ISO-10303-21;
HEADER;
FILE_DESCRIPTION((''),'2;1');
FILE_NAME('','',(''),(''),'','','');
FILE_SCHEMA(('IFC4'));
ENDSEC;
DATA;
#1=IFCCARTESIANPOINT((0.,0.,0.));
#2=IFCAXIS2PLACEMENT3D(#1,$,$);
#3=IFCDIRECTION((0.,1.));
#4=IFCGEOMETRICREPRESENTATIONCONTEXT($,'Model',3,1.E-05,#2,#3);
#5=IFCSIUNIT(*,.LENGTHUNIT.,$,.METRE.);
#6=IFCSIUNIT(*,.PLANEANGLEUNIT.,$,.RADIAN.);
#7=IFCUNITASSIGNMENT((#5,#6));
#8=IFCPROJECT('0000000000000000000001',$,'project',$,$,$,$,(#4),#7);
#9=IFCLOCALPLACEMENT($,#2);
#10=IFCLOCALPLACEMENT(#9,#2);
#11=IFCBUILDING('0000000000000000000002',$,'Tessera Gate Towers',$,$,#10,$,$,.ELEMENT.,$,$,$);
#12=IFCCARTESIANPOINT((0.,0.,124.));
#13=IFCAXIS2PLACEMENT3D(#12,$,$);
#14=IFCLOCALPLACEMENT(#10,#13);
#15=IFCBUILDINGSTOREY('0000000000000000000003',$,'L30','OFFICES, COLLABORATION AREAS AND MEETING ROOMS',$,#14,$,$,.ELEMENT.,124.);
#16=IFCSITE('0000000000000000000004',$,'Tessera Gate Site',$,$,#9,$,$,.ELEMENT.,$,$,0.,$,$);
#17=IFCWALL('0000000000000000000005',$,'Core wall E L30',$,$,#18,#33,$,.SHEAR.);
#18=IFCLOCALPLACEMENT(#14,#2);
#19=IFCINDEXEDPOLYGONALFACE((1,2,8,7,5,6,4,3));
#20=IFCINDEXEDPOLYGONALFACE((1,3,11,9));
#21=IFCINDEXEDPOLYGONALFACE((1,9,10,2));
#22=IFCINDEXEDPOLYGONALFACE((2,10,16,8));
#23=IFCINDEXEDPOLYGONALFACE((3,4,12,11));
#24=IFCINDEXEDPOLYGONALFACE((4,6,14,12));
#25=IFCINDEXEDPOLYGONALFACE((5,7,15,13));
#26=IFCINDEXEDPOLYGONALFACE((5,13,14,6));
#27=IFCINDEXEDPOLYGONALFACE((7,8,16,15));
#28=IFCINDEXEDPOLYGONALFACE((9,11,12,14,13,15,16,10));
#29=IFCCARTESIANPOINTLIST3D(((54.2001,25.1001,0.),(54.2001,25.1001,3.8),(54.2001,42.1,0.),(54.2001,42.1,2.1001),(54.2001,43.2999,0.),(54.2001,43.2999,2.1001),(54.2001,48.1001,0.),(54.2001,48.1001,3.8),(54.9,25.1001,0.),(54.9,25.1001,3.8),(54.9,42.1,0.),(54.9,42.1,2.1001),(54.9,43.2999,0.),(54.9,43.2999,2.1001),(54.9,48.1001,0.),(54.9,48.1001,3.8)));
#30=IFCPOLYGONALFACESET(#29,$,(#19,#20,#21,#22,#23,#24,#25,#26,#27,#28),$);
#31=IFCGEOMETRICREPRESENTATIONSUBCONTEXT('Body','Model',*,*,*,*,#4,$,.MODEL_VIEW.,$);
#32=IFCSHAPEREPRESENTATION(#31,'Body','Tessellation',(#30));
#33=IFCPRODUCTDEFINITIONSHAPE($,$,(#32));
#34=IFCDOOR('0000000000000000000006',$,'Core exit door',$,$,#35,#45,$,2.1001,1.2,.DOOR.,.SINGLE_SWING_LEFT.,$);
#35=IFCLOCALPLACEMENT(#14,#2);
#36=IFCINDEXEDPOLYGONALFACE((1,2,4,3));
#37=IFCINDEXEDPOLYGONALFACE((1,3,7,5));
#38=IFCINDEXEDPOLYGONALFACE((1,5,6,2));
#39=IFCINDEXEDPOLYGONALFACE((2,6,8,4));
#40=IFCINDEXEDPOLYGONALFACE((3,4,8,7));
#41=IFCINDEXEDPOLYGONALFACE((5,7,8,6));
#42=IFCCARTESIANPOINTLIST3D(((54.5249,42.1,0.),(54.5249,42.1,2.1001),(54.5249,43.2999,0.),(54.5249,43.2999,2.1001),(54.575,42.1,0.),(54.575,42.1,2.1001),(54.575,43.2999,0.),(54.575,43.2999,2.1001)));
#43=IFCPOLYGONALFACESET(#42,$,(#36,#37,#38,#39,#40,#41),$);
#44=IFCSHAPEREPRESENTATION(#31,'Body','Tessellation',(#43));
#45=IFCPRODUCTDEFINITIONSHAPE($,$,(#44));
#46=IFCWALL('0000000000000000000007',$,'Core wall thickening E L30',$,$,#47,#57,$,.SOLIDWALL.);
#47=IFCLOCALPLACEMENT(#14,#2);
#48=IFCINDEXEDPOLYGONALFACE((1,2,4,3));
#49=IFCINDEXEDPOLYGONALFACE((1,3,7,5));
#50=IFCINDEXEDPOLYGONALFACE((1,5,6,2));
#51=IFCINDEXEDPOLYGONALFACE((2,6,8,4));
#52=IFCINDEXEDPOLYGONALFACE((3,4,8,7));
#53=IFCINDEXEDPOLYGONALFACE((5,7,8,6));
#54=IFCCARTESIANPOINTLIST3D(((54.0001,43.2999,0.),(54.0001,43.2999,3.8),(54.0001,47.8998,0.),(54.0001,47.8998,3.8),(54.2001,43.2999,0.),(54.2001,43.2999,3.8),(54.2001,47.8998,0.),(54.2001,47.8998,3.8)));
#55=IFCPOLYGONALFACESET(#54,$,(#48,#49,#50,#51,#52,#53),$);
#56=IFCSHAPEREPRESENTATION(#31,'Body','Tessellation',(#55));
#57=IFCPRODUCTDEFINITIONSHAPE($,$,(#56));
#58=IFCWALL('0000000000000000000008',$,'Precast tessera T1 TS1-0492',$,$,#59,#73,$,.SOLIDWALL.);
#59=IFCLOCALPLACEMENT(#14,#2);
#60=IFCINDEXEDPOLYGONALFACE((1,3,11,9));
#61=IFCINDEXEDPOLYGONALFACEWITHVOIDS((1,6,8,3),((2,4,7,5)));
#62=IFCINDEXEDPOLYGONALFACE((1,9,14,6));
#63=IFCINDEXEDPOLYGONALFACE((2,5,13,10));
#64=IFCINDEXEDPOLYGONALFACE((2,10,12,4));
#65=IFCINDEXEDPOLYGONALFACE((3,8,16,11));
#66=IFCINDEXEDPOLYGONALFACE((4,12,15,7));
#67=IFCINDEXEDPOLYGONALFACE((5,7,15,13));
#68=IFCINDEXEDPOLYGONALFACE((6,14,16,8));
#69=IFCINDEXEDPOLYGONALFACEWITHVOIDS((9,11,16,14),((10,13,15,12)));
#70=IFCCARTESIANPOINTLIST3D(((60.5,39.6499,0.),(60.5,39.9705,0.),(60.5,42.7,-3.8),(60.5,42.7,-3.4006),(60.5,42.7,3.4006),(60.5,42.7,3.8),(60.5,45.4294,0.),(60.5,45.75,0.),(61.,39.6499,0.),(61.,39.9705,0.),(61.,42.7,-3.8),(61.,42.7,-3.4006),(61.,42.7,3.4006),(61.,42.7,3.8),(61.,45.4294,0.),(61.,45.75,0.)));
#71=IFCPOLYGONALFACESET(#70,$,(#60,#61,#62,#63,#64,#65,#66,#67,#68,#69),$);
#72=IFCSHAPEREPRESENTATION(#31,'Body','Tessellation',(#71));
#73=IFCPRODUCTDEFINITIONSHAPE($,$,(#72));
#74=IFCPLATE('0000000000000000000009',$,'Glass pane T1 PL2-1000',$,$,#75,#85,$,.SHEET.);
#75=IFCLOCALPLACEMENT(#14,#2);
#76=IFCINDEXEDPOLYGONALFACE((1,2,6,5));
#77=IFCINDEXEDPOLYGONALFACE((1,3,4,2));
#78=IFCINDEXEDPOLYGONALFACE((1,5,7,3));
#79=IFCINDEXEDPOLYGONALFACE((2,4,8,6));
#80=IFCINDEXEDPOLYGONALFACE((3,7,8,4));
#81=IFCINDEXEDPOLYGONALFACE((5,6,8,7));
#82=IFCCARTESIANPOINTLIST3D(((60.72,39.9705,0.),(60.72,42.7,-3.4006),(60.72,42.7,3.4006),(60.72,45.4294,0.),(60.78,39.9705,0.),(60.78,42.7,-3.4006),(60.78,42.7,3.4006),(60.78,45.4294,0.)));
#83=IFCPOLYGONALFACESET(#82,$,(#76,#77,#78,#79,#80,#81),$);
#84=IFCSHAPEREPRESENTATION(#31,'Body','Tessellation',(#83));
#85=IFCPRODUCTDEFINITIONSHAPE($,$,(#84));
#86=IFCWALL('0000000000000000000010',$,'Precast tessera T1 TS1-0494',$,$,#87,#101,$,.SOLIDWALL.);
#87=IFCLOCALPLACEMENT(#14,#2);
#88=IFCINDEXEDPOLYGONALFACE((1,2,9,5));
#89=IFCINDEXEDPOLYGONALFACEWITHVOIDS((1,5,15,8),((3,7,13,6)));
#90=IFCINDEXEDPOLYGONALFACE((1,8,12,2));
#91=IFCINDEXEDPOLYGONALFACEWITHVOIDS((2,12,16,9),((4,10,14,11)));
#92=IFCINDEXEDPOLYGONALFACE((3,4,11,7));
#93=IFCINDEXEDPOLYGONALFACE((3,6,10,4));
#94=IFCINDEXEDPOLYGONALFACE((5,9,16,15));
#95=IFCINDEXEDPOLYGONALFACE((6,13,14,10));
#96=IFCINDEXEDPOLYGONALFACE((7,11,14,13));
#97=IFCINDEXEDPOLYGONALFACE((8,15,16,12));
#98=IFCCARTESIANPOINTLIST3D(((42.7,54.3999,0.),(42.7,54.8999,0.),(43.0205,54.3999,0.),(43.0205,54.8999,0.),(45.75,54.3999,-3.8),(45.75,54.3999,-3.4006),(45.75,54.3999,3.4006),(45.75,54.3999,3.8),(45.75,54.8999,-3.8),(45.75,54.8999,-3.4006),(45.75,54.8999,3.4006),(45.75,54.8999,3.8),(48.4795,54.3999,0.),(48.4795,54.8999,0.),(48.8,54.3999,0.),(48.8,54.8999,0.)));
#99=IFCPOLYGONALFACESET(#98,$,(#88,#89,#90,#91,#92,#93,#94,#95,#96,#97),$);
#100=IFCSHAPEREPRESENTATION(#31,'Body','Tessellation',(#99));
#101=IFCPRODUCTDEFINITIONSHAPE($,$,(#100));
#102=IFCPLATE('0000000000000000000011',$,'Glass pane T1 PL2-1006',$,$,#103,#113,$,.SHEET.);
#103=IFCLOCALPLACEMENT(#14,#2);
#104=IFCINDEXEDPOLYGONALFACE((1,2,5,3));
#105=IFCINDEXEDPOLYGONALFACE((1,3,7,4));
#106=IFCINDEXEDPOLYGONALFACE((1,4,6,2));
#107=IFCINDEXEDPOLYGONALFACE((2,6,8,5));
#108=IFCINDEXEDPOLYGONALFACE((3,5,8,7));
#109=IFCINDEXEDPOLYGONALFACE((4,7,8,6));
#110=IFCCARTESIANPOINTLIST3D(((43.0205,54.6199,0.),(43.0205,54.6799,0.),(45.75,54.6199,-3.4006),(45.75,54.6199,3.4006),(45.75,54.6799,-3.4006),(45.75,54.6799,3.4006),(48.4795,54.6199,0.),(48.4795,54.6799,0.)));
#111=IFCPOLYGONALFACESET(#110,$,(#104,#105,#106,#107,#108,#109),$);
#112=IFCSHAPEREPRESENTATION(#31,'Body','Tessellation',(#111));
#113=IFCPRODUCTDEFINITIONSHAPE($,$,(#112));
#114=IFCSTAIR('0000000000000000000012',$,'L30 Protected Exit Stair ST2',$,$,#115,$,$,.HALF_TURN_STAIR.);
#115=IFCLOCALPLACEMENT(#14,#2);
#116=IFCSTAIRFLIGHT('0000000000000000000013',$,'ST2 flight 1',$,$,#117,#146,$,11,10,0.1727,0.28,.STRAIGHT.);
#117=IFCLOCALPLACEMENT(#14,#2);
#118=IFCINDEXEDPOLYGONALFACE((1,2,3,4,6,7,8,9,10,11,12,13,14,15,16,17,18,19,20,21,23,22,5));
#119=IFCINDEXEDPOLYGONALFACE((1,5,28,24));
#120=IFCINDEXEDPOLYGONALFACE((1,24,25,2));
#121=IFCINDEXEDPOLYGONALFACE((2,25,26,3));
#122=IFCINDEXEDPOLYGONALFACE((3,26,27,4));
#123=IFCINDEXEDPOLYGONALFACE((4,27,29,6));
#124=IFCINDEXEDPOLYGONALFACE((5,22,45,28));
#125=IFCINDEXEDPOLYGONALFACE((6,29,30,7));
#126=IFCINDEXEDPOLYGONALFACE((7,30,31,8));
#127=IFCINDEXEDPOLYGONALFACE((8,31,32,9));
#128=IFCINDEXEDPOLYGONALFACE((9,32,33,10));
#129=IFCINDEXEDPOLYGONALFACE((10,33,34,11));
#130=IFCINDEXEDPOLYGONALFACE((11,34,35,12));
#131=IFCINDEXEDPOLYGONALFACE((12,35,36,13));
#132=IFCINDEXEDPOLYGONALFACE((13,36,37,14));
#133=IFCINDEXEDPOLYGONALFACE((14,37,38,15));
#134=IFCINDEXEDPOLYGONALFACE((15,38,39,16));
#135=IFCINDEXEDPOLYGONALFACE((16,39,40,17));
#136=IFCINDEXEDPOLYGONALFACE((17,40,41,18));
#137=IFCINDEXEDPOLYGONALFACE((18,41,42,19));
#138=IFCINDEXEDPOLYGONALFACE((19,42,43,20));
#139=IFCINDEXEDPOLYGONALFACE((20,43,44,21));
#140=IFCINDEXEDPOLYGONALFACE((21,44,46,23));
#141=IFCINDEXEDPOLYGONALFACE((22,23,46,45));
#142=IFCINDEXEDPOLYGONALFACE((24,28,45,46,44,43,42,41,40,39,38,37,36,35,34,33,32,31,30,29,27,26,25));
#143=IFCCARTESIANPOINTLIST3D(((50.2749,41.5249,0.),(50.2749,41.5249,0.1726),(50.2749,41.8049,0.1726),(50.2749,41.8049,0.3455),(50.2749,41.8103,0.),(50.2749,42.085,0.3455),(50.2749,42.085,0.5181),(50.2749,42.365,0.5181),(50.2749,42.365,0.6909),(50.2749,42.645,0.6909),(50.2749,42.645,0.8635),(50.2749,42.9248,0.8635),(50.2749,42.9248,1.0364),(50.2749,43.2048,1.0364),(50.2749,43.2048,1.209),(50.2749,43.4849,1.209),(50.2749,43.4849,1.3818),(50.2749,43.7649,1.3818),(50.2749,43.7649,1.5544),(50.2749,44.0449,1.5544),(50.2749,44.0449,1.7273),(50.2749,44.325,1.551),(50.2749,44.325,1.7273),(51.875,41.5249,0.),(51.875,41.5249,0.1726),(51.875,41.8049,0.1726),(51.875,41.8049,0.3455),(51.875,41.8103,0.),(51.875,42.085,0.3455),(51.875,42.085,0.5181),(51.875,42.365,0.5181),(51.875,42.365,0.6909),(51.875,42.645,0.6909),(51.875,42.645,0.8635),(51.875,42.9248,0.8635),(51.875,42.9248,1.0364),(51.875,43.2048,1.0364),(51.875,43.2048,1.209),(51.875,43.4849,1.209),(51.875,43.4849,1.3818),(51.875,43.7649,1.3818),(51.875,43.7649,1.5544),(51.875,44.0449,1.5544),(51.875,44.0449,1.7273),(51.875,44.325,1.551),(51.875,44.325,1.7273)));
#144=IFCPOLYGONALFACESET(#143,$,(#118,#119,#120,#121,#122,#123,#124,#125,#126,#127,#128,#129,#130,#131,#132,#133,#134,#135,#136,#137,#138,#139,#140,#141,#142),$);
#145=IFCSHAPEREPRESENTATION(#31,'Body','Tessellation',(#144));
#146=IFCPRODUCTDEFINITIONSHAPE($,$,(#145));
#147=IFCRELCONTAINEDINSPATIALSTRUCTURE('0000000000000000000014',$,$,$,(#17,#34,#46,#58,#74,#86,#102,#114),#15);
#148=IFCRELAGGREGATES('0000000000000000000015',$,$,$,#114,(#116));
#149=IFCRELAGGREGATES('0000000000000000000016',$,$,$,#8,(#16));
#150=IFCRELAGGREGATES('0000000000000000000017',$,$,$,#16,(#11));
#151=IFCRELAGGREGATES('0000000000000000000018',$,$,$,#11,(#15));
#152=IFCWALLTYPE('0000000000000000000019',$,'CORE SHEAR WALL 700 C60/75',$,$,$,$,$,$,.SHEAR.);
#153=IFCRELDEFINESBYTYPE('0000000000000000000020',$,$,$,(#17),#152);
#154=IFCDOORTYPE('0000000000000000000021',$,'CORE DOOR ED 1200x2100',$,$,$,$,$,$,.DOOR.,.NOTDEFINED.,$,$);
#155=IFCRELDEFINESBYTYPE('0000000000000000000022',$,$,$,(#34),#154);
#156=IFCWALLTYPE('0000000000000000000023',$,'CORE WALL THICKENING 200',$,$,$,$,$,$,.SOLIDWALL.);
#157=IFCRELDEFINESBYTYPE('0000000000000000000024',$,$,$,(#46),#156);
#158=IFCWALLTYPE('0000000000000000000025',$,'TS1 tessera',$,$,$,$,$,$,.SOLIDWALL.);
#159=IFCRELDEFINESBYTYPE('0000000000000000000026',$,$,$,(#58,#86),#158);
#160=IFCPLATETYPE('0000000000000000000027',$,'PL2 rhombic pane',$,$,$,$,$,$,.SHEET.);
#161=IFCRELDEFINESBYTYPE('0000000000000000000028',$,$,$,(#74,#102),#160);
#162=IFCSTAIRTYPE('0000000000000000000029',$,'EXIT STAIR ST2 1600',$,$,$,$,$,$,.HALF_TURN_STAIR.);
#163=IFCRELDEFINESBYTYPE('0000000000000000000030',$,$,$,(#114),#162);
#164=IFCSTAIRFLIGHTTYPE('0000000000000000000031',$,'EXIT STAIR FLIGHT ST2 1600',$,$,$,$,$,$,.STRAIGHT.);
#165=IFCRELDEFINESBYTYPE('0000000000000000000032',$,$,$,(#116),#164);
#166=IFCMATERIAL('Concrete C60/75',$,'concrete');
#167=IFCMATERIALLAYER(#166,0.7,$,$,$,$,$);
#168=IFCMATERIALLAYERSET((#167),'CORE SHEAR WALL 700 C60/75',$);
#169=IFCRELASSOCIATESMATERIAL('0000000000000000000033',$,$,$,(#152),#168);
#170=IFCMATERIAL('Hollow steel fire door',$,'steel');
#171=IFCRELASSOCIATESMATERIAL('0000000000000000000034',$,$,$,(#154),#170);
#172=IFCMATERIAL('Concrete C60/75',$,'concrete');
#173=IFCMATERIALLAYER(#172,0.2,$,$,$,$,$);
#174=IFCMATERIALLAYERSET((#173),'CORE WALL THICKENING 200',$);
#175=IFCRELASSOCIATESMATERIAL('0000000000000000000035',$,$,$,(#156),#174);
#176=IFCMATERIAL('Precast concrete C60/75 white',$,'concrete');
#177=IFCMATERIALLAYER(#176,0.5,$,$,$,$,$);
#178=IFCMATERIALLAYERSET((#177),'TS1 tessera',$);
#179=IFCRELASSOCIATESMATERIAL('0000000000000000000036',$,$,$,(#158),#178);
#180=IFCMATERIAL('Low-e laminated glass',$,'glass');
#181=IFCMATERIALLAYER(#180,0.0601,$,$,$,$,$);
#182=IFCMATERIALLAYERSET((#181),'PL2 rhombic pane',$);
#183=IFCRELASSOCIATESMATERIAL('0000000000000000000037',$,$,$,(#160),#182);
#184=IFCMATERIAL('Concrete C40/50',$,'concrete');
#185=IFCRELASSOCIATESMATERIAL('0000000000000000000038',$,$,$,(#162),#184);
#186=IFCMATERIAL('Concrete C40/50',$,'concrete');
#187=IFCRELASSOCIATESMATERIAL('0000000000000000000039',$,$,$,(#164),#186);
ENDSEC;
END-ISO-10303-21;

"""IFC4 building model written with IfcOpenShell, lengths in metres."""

from ifc_helpers import new_model, si_unit, direction, frame, frame_2d, origin, place, context, subcontext, project, spatial, polyline, rectangle, outline, extrude, source, transform, mapped, material, layer, layer_set, type_object, element, fill, aggregate, save


model = new_model("IFC4")

# Units and contexts
model_context = context("Model", 3, precision=1e-05, world=origin(), true_north=direction((0.0, 1.0)))
body_context = subcontext(model_context, "Body", "Model", "MODEL_VIEW")
ifc_project = project(units=[si_unit("LENGTHUNIT", "METRE"), si_unit("PLANEANGLEUNIT", "RADIAN")], contexts=[model_context])

# Site, building, storey
site_placement = place(None, origin())
site = spatial("IfcSite", under=ifc_project, at=site_placement, Name="Tessera Gate Site", CompositionType="ELEMENT", RefElevation=0.0)
building_placement = place(site_placement, origin())
building = spatial("IfcBuilding", under=site, at=building_placement, Name="Tessera Gate Towers", CompositionType="ELEMENT")
storey_placement = place(building_placement, frame((0.0, 0.0, 124.0)))
storey = spatial("IfcBuildingStorey", under=building, at=storey_placement, Name="L30", Description="OFFICES, COLLABORATION AREAS AND MEETING ROOMS", CompositionType="ELEMENT", Elevation=124.0)

# Wall, opening, door
shared_shape_1 = source(origin(), body_context, "Body", "SweptSolid", [
    extrude(rectangle(XDim=1.2, YDim=2.1001, at=frame_2d((0.6001, 1.05))), frame((0.0, 0.0249, 0.0), z_axis=(0.0, -1.0, 0.0), x_axis=(1.0, 0.0, 0.0)), (0.0, 0.0, 1.0), 0.05),
])
ifc_material_1 = material(Name="Concrete C60/75", Category="concrete")
ifc_layer_1 = layer(ifc_material_1, 0.7)
ifc_layer_set_1 = layer_set([ifc_layer_1], Name="CORE SHEAR WALL 700 C60/75")
wall_type_1 = type_object("IfcWallType", Name="CORE SHEAR WALL 700 C60/75", PredefinedType="SHEAR", material=ifc_layer_set_1)
wall_1_placement = place(storey_placement, frame((54.55, 48.1001, 0.0), z_axis=(0.0, 0.0, 1.0), x_axis=(0.0, -1.0, 0.0)))
wall_1 = element("IfcWall", 1, at=wall_1_placement, inside=storey, type_object=wall_type_1, Name="Core wall E L30", PredefinedType="SHEAR", context=body_context, shape_type="SweptSolid", body=[
    extrude(rectangle(XDim=23.0, YDim=0.7, at=frame_2d((11.5, 0.0))), origin(), (0.0, 0.0, 1.0), 3.8),
])
shared_shape_2 = source(origin(), body_context, "Body", "SweptSolid", [
    extrude(rectangle(XDim=1.2, YDim=2.1001, at=frame_2d((0.6001, 1.05))), frame((0.0, 0.3599, 0.0), z_axis=(0.0, -1.0, 0.0), x_axis=(1.0, 0.0, 0.0)), (0.0, 0.0, 1.0), 0.72),
])
opening_1_placement = place(wall_1_placement, frame((4.8, 0.0, 0.0)))
opening_1 = element("IfcOpeningElement", 2, at=opening_1_placement, cuts=wall_1, PredefinedType="OPENING", context=body_context, shape_type="MappedRepresentation", body=[
    mapped(shared_shape_2, transform((0.0, 0.0, 0.0), scale=1.0)),
])
ifc_material_2 = material(Name="Hollow steel fire door", Category="steel")
door_type_1 = type_object("IfcDoorType", Name="CORE DOOR ED 1200x2100", OperationType="NOTDEFINED", PredefinedType="DOOR", material=ifc_material_2)
door_1_placement = place(opening_1_placement, origin())
door_1 = element("IfcDoor", 3, at=door_1_placement, inside=storey, type_object=door_type_1, Name="Core exit door", OperationType="SINGLE_SWING_LEFT", OverallHeight=2.1001, OverallWidth=1.2, PredefinedType="DOOR", context=body_context, shape_type="MappedRepresentation", body=[
    mapped(shared_shape_1, transform((0.0, 0.0, 0.0), scale=1.0)),
])
fill(opening_1, door_1)

# Wall
ifc_material_3 = material(Name="Concrete C60/75", Category="concrete")
ifc_layer_2 = layer(ifc_material_3, 0.2)
ifc_layer_set_2 = layer_set([ifc_layer_2], Name="CORE WALL THICKENING 200")
wall_type_2 = type_object("IfcWallType", Name="CORE WALL THICKENING 200", PredefinedType="SOLIDWALL", material=ifc_layer_set_2)
wall_2_placement = place(storey_placement, frame((54.1001, 43.3, 0.0), z_axis=(0.0, 0.0, 1.0), x_axis=(0.0, 1.0, 0.0)))
element("IfcWall", 4, at=wall_2_placement, inside=storey, type_object=wall_type_2, Name="Core wall thickening E L30", PredefinedType="SOLIDWALL", context=body_context, shape_type="SweptSolid", body=[
    extrude(rectangle(XDim=4.5999, YDim=0.2, at=frame_2d((2.2998, 0.0))), origin(), (0.0, 0.0, 1.0), 3.8),
])

# Walls, openings, plates
ifc_material_4 = material(Name="Precast concrete C60/75 white", Category="concrete")
ifc_layer_3 = layer(ifc_material_4, 0.5)
ifc_layer_set_3 = layer_set([ifc_layer_3], Name="TS1 tessera")
wall_type_3 = type_object("IfcWallType", Name="TS1 tessera", PredefinedType="SOLIDWALL", material=ifc_layer_set_3)
shared_shape_3 = source(origin(), body_context, "Body", "SweptSolid", [
    extrude(outline(polyline([(3.05, 0.0), (6.1001, 3.8), (3.05, 7.6001), (0.0, 3.8), (3.05, 0.0)])), frame((0.0, 0.25, 0.0), z_axis=(0.0, -1.0, 0.0), x_axis=(1.0, 0.0, 0.0)), (0.0, 0.0, 1.0), 0.5),
])
wall_3_placement = place(storey_placement, frame((60.75, 39.6499, -3.8), z_axis=(0.0, 0.0, 1.0), x_axis=(0.0, 1.0, 0.0)))
wall_3 = element("IfcWall", 5, at=wall_3_placement, inside=storey, type_object=wall_type_3, Name="Precast tessera T1 TS1-0492", PredefinedType="SOLIDWALL", context=body_context, shape_type="MappedRepresentation", body=[
    mapped(shared_shape_3, transform((0.0, 0.0, 0.0), scale=1.0)),
])
shared_shape_4 = source(origin(), body_context, "Body", "SweptSolid", [
    extrude(outline(polyline([(3.05, 0.3994), (5.7795, 3.8), (3.05, 7.2007), (0.3206, 3.8), (3.05, 0.3994)])), frame((0.0, 0.26, 0.0), z_axis=(0.0, -1.0, 0.0), x_axis=(1.0, 0.0, 0.0)), (0.0, 0.0, 1.0), 0.52),
])
opening_2_placement = place(wall_3_placement, origin())
opening_2 = element("IfcOpeningElement", 6, at=opening_2_placement, cuts=wall_3, PredefinedType="OPENING", context=body_context, shape_type="MappedRepresentation", body=[
    mapped(shared_shape_4, transform((0.0, 0.0, 0.0), scale=1.0)),
])
ifc_material_5 = material(Name="Low-e laminated glass", Category="glass")
ifc_layer_4 = layer(ifc_material_5, 0.0601)
ifc_layer_set_4 = layer_set([ifc_layer_4], Name="PL2 rhombic pane")
plate_type = type_object("IfcPlateType", Name="PL2 rhombic pane", PredefinedType="SHEET", material=ifc_layer_set_4)
shared_shape_5 = source(origin(), body_context, "Body", "SweptSolid", [
    extrude(outline(polyline([(3.05, 0.3994), (5.7795, 3.8), (3.05, 7.2007), (0.3206, 3.8), (3.05, 0.3994)])), frame((0.0, 0.03, 0.0), z_axis=(0.0, -1.0, 0.0), x_axis=(1.0, 0.0, 0.0)), (0.0, 0.0, 1.0), 0.0601),
])
plate_1_placement = place(opening_2_placement, origin())
plate_1 = element("IfcPlate", 7, at=plate_1_placement, inside=storey, type_object=plate_type, Name="Glass pane T1 PL2-1000", PredefinedType="SHEET", context=body_context, shape_type="MappedRepresentation", body=[
    mapped(shared_shape_5, transform((0.0, 0.0, 0.0), scale=1.0)),
])
fill(opening_2, plate_1)
wall_4_placement = place(storey_placement, frame((48.8, 54.6499, -3.8), z_axis=(0.0, 0.0, 1.0), x_axis=(-1.0, 0.0, 0.0)))
wall_4 = element("IfcWall", 8, at=wall_4_placement, inside=storey, type_object=wall_type_3, Name="Precast tessera T1 TS1-0494", PredefinedType="SOLIDWALL", context=body_context, shape_type="MappedRepresentation", body=[
    mapped(shared_shape_3, transform((0.0, 0.0, 0.0), scale=1.0)),
])
opening_3_placement = place(wall_4_placement, origin())
opening_3 = element("IfcOpeningElement", 9, at=opening_3_placement, cuts=wall_4, PredefinedType="OPENING", context=body_context, shape_type="MappedRepresentation", body=[
    mapped(shared_shape_4, transform((0.0, 0.0, 0.0), scale=1.0)),
])
plate_2_placement = place(opening_3_placement, origin())
plate_2 = element("IfcPlate", 10, at=plate_2_placement, inside=storey, type_object=plate_type, Name="Glass pane T1 PL2-1006", PredefinedType="SHEET", context=body_context, shape_type="MappedRepresentation", body=[
    mapped(shared_shape_5, transform((0.0, 0.0, 0.0), scale=1.0)),
])
fill(opening_3, plate_2)

# Stair, stair flight
ifc_material_6 = material(Name="Concrete C40/50", Category="concrete")
stair_type = type_object("IfcStairType", Name="EXIT STAIR ST2 1600", PredefinedType="HALF_TURN_STAIR", material=ifc_material_6)
stair_placement = place(storey_placement, origin())
stair = element("IfcStair", 11, at=stair_placement, inside=storey, type_object=stair_type, Name="L30 Protected Exit Stair ST2", PredefinedType="HALF_TURN_STAIR")
ifc_material_7 = material(Name="Concrete C40/50", Category="concrete")
stair_flight_type = type_object("IfcStairFlightType", Name="EXIT STAIR FLIGHT ST2 1600", PredefinedType="STRAIGHT", material=ifc_material_7)
stair_flight_1_placement = place(storey_placement, frame((51.075, 41.5249, 0.0), z_axis=(0.0, 0.0, 1.0), x_axis=(0.0, 1.0, 0.0)))
stair_flight_1 = element("IfcStairFlight", 12, at=stair_flight_1_placement, type_object=stair_flight_type, Name="ST2 flight 1", NumberOfRisers=11, NumberOfTreads=10, PredefinedType="STRAIGHT", RiserHeight=0.1727, TreadLength=0.28, context=body_context, shape_type="SweptSolid", body=[
    extrude(outline(polyline([(0.0, 0.0), (0.0, 0.1726), (0.28, 0.1726), (0.28, 0.3455), (0.5601, 0.3455), (0.5601, 0.5181), (0.8401, 0.5181), (0.8401, 0.6909), (1.1201, 0.6909), (1.1201, 0.8635), (1.3999, 0.8635), (1.3999, 1.0364), (1.6799, 1.0364), (1.6799, 1.209), (1.96, 1.209), (1.96, 1.3818), (2.24, 1.3818), (2.24, 1.5544), (2.52, 1.5544), (2.52, 1.7273), (2.8, 1.7273), (2.8, 1.8999), (2.8, 1.551), (0.2854, 0.0), (0.0, 0.0)])), frame((0.0, 0.8, 0.0), z_axis=(0.0, -1.0, 0.0), x_axis=(1.0, 0.0, 0.0)), (0.0, 0.0, 1.0), 1.6001),
])
aggregate(stair, [stair_flight_1])

save(model, "model.ifc")
